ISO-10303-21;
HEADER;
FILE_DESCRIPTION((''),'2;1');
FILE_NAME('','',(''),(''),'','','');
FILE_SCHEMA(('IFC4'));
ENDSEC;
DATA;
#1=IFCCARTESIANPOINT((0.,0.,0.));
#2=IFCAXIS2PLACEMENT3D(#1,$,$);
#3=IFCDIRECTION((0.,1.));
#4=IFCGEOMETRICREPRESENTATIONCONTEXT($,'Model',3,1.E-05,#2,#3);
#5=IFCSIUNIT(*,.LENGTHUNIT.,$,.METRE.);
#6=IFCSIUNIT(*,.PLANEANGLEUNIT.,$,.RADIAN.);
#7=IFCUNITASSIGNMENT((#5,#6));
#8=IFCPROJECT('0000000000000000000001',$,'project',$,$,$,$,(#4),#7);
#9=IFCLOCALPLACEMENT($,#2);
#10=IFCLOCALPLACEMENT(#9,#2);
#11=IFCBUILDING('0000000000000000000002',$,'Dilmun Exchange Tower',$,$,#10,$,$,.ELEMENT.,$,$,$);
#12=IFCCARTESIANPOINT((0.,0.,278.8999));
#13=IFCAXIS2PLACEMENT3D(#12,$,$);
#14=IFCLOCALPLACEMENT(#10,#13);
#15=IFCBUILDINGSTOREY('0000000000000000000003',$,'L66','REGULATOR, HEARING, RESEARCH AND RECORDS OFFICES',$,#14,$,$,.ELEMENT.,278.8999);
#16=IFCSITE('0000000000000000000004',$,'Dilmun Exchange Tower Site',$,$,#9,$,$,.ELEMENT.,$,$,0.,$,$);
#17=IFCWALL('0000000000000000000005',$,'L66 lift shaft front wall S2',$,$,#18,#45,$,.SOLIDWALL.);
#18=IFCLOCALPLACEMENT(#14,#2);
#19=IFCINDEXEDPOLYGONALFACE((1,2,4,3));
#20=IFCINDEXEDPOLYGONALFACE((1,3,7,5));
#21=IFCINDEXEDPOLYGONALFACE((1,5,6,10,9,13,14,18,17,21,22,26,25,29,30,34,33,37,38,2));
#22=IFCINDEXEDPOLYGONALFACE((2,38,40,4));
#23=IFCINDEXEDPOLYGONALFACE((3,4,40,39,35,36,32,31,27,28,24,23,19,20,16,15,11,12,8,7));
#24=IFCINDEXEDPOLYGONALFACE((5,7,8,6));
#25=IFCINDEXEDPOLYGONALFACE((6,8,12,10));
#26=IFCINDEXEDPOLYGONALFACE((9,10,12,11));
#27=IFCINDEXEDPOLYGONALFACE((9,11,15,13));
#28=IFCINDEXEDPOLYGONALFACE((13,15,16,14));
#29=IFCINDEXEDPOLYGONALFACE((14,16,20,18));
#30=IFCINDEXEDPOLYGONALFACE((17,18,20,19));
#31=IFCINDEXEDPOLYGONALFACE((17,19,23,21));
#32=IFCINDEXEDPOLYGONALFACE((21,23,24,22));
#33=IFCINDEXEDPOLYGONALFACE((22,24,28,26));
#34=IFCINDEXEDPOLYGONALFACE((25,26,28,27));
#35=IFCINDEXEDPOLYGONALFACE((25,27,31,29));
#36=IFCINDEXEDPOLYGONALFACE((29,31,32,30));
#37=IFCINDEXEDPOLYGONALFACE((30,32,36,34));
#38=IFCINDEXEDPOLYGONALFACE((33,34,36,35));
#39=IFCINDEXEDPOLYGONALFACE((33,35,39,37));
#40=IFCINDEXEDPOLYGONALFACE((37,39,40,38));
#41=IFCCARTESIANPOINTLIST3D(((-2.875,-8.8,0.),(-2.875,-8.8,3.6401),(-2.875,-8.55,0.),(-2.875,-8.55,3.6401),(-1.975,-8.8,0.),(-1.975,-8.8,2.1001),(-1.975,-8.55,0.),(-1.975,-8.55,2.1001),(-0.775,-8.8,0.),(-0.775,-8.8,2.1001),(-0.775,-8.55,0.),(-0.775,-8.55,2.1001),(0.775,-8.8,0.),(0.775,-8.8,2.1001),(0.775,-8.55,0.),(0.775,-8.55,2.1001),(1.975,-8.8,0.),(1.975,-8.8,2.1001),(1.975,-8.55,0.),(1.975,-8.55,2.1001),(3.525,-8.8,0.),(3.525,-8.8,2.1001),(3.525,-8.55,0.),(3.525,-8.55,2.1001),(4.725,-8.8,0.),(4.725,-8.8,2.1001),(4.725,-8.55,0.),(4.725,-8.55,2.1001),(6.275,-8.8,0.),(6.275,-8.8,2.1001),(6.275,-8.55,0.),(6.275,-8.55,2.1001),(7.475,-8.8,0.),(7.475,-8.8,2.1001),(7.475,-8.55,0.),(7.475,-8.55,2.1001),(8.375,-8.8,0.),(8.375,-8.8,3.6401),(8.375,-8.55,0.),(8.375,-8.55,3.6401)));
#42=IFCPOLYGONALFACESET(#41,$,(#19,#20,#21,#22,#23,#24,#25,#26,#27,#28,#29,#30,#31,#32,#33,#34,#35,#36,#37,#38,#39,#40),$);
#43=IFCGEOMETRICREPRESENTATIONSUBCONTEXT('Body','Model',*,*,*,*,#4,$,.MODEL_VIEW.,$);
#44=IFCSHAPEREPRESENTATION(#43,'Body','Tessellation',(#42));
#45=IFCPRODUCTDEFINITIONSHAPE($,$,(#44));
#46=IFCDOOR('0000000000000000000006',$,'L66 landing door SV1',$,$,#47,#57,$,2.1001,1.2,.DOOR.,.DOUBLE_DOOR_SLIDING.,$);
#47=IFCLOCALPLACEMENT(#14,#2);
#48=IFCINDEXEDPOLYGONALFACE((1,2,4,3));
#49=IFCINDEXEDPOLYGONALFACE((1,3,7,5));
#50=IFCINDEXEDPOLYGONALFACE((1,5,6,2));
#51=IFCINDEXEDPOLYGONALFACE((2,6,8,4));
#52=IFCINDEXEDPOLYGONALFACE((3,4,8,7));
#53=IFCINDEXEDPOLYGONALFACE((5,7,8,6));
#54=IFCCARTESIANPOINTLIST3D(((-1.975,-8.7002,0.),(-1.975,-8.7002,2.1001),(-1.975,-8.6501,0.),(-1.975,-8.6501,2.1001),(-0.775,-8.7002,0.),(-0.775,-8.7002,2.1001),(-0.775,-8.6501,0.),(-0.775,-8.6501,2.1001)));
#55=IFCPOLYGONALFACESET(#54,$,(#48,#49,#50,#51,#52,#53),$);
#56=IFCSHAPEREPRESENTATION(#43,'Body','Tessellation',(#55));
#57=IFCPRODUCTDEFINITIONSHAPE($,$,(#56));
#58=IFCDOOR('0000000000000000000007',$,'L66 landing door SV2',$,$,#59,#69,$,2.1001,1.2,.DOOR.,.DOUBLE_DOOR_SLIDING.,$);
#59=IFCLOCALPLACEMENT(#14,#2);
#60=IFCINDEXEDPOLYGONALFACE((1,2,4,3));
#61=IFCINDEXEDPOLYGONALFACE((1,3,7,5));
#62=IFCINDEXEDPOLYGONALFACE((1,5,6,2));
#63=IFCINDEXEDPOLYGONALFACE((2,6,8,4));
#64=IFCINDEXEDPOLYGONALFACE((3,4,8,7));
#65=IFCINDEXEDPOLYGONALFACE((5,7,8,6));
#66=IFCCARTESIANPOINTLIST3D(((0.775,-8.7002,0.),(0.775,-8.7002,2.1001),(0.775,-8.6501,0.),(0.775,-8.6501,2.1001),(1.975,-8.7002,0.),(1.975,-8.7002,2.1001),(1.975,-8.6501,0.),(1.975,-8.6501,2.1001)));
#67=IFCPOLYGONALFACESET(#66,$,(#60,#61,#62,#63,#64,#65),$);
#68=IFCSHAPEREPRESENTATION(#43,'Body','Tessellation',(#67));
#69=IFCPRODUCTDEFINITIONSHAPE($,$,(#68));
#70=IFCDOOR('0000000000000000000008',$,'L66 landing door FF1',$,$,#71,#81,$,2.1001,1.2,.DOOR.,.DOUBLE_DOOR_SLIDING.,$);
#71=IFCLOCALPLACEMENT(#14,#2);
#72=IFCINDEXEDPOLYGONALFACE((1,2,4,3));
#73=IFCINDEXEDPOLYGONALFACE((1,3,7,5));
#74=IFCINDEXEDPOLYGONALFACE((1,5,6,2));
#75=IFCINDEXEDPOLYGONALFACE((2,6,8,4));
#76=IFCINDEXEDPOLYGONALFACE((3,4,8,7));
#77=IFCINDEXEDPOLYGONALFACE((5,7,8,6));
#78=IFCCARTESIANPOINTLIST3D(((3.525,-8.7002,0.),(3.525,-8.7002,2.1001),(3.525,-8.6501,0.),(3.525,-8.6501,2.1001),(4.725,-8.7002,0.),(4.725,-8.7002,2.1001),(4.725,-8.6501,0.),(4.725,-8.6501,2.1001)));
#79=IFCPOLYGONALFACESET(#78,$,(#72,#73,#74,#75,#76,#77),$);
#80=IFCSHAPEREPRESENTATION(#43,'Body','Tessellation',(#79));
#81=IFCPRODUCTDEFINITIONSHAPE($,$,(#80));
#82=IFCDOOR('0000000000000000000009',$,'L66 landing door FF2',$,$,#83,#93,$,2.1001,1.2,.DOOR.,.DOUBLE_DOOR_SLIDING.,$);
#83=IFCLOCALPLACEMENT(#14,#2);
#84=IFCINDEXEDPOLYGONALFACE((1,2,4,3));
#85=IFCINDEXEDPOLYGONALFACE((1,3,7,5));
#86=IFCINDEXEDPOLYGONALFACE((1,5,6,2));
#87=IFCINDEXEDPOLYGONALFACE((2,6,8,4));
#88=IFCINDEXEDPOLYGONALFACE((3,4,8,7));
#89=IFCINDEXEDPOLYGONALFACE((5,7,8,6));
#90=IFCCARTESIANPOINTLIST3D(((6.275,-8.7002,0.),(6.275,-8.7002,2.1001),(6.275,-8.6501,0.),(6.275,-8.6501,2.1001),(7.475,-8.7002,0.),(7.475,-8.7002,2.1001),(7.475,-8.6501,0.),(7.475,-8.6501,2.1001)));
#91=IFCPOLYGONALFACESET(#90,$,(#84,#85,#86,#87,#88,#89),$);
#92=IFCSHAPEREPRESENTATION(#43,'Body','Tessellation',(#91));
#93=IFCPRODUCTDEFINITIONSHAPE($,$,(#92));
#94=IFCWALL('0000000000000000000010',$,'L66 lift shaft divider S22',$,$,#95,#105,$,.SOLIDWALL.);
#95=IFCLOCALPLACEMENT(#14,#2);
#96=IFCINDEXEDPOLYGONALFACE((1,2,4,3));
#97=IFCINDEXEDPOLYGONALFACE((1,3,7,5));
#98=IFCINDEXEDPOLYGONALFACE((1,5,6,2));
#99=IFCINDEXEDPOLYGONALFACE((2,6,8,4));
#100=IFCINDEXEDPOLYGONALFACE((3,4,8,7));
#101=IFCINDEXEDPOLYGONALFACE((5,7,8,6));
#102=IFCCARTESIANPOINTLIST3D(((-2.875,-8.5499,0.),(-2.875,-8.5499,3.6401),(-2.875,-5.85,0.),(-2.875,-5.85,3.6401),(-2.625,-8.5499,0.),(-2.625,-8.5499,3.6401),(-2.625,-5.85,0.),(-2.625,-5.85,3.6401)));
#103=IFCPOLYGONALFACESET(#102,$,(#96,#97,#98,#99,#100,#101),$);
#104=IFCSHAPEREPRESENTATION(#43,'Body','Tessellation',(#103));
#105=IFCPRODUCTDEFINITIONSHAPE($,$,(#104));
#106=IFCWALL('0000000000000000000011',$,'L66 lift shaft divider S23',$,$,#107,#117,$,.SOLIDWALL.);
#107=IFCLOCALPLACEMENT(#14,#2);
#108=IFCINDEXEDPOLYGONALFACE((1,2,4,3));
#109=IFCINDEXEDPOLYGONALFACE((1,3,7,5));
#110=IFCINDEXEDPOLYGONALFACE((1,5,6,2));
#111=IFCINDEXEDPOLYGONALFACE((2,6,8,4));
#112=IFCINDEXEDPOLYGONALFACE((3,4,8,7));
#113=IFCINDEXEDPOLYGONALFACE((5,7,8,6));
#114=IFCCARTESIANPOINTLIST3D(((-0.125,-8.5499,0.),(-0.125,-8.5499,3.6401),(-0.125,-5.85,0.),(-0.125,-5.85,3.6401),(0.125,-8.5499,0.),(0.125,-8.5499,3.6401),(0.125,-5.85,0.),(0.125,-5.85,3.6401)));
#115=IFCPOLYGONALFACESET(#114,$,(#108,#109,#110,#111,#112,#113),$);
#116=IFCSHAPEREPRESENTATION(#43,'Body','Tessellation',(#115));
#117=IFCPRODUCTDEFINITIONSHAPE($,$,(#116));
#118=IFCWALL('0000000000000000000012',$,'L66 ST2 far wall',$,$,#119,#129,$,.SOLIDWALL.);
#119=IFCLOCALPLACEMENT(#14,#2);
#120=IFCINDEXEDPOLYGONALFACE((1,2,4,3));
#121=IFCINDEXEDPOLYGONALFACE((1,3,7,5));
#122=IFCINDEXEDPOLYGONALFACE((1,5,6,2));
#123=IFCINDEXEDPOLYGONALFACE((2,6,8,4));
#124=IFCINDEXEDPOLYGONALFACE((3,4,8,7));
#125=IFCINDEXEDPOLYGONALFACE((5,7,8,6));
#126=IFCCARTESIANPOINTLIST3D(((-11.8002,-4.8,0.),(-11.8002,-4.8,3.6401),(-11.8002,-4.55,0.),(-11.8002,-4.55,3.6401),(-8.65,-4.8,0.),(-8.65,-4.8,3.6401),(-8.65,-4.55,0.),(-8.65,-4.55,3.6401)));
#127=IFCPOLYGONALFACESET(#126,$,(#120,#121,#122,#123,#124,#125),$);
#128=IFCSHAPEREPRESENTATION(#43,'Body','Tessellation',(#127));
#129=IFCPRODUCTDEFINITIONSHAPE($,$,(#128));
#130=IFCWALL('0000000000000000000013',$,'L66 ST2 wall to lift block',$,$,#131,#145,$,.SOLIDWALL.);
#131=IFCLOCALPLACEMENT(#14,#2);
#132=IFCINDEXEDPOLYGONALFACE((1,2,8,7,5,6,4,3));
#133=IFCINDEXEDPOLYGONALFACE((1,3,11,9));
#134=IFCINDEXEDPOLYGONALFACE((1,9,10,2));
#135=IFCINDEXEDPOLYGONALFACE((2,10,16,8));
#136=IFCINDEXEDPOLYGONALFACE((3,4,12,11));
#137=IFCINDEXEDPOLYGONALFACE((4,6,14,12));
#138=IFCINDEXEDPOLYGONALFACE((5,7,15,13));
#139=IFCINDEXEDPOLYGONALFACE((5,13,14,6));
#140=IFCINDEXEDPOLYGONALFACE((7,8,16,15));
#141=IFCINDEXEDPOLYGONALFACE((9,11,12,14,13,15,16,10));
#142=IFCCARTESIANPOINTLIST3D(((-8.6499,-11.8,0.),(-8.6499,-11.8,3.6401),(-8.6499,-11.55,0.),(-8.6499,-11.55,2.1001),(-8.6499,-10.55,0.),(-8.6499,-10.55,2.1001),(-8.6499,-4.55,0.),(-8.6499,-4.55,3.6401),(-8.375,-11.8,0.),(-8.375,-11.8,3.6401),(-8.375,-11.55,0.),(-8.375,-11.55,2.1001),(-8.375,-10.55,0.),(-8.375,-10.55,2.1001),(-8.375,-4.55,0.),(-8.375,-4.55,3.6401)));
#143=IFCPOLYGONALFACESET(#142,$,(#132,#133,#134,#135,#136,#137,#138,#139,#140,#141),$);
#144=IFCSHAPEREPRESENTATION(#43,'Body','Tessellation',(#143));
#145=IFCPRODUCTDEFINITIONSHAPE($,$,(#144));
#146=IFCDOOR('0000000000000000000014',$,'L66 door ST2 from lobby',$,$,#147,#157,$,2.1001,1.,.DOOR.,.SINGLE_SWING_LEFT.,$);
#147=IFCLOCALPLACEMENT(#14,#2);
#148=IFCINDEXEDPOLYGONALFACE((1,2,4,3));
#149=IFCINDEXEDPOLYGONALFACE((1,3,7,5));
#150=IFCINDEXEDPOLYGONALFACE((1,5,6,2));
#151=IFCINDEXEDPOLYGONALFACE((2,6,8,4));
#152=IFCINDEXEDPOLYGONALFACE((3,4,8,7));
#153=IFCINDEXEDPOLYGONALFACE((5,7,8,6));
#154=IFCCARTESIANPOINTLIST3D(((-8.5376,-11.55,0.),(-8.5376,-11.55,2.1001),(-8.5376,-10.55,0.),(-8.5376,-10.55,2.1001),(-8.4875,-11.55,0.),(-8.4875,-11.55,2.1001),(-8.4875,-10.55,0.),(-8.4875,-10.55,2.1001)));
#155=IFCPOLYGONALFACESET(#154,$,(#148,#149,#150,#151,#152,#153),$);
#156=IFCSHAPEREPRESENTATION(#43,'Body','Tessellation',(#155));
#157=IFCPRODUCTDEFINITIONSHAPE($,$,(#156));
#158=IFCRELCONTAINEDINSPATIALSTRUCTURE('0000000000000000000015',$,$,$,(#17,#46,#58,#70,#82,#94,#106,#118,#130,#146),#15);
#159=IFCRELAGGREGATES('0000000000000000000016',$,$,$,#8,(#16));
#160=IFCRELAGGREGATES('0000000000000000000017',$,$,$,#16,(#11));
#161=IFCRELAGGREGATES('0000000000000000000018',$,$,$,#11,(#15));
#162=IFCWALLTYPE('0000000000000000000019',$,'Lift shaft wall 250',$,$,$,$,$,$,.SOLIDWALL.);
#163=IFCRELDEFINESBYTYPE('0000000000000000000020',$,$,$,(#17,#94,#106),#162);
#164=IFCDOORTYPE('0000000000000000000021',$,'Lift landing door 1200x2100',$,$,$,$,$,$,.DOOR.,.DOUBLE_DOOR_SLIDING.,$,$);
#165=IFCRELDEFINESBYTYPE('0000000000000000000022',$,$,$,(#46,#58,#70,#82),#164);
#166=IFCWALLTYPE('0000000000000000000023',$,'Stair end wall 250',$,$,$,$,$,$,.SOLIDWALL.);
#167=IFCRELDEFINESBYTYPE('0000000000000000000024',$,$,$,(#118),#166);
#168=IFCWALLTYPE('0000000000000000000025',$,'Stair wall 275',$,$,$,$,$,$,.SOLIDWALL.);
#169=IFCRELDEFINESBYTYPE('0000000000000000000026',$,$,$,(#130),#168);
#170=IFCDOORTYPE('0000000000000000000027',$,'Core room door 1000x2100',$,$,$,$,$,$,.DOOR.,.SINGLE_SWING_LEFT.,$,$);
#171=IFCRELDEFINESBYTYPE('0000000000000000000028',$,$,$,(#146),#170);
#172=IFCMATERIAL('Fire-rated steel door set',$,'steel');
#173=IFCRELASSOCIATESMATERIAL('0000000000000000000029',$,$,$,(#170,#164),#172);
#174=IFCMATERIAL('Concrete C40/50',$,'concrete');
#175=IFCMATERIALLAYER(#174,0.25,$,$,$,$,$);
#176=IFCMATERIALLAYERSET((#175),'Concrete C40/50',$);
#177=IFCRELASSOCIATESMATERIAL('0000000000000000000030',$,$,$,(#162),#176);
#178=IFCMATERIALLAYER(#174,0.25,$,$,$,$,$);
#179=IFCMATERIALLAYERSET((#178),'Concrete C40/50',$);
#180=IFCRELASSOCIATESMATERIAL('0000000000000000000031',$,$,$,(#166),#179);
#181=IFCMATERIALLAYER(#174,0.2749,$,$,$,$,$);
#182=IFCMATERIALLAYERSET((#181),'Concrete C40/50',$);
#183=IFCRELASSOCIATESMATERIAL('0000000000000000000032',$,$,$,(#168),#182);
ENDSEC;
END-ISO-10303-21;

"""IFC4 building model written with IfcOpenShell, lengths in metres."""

from ifc_helpers import new_model, si_unit, direction, frame, frame_2d, origin, place, context, subcontext, project, spatial, rectangle, extrude, material, layer, layer_set, type_object, element, fill, save


model = new_model("IFC4")

# Units and contexts
model_context = context("Model", 3, precision=1e-05, world=origin(), true_north=direction((0.0, 1.0)))
body_context = subcontext(model_context, "Body", "Model", "MODEL_VIEW")
ifc_project = project(units=[si_unit("LENGTHUNIT", "METRE"), si_unit("PLANEANGLEUNIT", "RADIAN")], contexts=[model_context])

# Site, building, storey
site_placement = place(None, origin())
site = spatial("IfcSite", under=ifc_project, at=site_placement, Name="Dilmun Exchange Tower Site", CompositionType="ELEMENT", RefElevation=0.0)
building_placement = place(site_placement, origin())
building = spatial("IfcBuilding", under=site, at=building_placement, Name="Dilmun Exchange Tower", CompositionType="ELEMENT")
storey_placement = place(building_placement, frame((0.0, 0.0, 278.8999)))
storey = spatial("IfcBuildingStorey", under=building, at=storey_placement, Name="L66", Description="REGULATOR, HEARING, RESEARCH AND RECORDS OFFICES", CompositionType="ELEMENT", Elevation=278.8999)

# Shared definitions
ifc_material_1 = material(Name="Concrete C40/50", Category="concrete")

# Shared definitions
ifc_material_2 = material(Name="Fire-rated steel door set", Category="steel")
door_type_1 = type_object("IfcDoorType", Name="Core room door 1000x2100", OperationType="SINGLE_SWING_LEFT", PredefinedType="DOOR", material=ifc_material_2)

# Wall, openings, doors
ifc_layer_1 = layer(ifc_material_1, 0.25)
ifc_layer_set_1 = layer_set([ifc_layer_1], Name="Concrete C40/50")
wall_type_1 = type_object("IfcWallType", Name="Lift shaft wall 250", PredefinedType="SOLIDWALL", material=ifc_layer_set_1)
wall_1_placement = place(storey_placement, frame((-2.875, -8.675, 0.0), z_axis=(0.0, 0.0, 1.0), x_axis=(1.0, 0.0, 0.0)))
wall_1 = element("IfcWall", 1, at=wall_1_placement, inside=storey, type_object=wall_type_1, Name="L66 lift shaft front wall S2", PredefinedType="SOLIDWALL", context=body_context, shape_type="SweptSolid", body=[
    extrude(rectangle(XDim=11.25, YDim=0.25, at=frame_2d((5.625, 0.0))), origin(), (0.0, 0.0, 1.0), 3.6401),
])
opening_1_placement = place(wall_1_placement, frame((0.8999, 0.0, 0.0)))
opening_1 = element("IfcOpeningElement", 2, at=opening_1_placement, cuts=wall_1, PredefinedType="OPENING", context=body_context, shape_type="SweptSolid", body=[
    extrude(rectangle(XDim=1.2, YDim=2.1001, at=frame_2d((0.6001, 1.05))), frame((0.0, 0.135, 0.0), z_axis=(0.0, -1.0, 0.0), x_axis=(1.0, 0.0, 0.0)), (0.0, 0.0, 1.0), 0.27),
])
opening_2_placement = place(wall_1_placement, frame((3.6499, 0.0, 0.0)))
opening_2 = element("IfcOpeningElement", 3, at=opening_2_placement, cuts=wall_1, PredefinedType="OPENING", context=body_context, shape_type="SweptSolid", body=[
    extrude(rectangle(XDim=1.2, YDim=2.1001, at=frame_2d((0.6001, 1.05))), frame((0.0, 0.135, 0.0), z_axis=(0.0, -1.0, 0.0), x_axis=(1.0, 0.0, 0.0)), (0.0, 0.0, 1.0), 0.27),
])
opening_3_placement = place(wall_1_placement, frame((6.3999, 0.0, 0.0)))
opening_3 = element("IfcOpeningElement", 4, at=opening_3_placement, cuts=wall_1, PredefinedType="OPENING", context=body_context, shape_type="SweptSolid", body=[
    extrude(rectangle(XDim=1.2, YDim=2.1001, at=frame_2d((0.6001, 1.05))), frame((0.0, 0.135, 0.0), z_axis=(0.0, -1.0, 0.0), x_axis=(1.0, 0.0, 0.0)), (0.0, 0.0, 1.0), 0.27),
])
opening_4_placement = place(wall_1_placement, frame((9.1499, 0.0, 0.0)))
opening_4 = element("IfcOpeningElement", 5, at=opening_4_placement, cuts=wall_1, PredefinedType="OPENING", context=body_context, shape_type="SweptSolid", body=[
    extrude(rectangle(XDim=1.2, YDim=2.1001, at=frame_2d((0.6001, 1.05))), frame((0.0, 0.135, 0.0), z_axis=(0.0, -1.0, 0.0), x_axis=(1.0, 0.0, 0.0)), (0.0, 0.0, 1.0), 0.27),
])
door_type_2 = type_object("IfcDoorType", Name="Lift landing door 1200x2100", OperationType="DOUBLE_DOOR_SLIDING", PredefinedType="DOOR", material=ifc_material_2)
door_1_placement = place(opening_1_placement, origin())
door_1 = element("IfcDoor", 6, at=door_1_placement, inside=storey, type_object=door_type_2, Name="L66 landing door SV1", OperationType="DOUBLE_DOOR_SLIDING", OverallHeight=2.1001, OverallWidth=1.2, PredefinedType="DOOR", context=body_context, shape_type="SweptSolid", body=[
    extrude(rectangle(XDim=1.2, YDim=2.1001, at=frame_2d((0.6001, 1.05))), frame((0.0, 0.0249, 0.0), z_axis=(0.0, -1.0, 0.0), x_axis=(1.0, 0.0, 0.0)), (0.0, 0.0, 1.0), 0.05),
])
fill(opening_1, door_1)
door_2_placement = place(opening_2_placement, origin())
door_2 = element("IfcDoor", 7, at=door_2_placement, inside=storey, type_object=door_type_2, Name="L66 landing door SV2", OperationType="DOUBLE_DOOR_SLIDING", OverallHeight=2.1001, OverallWidth=1.2, PredefinedType="DOOR", context=body_context, shape_type="SweptSolid", body=[
    extrude(rectangle(XDim=1.2, YDim=2.1001, at=frame_2d((0.6001, 1.05))), frame((0.0, 0.0249, 0.0), z_axis=(0.0, -1.0, 0.0), x_axis=(1.0, 0.0, 0.0)), (0.0, 0.0, 1.0), 0.05),
])
fill(opening_2, door_2)
door_3_placement = place(opening_3_placement, origin())
door_3 = element("IfcDoor", 8, at=door_3_placement, inside=storey, type_object=door_type_2, Name="L66 landing door FF1", OperationType="DOUBLE_DOOR_SLIDING", OverallHeight=2.1001, OverallWidth=1.2, PredefinedType="DOOR", context=body_context, shape_type="SweptSolid", body=[
    extrude(rectangle(XDim=1.2, YDim=2.1001, at=frame_2d((0.6001, 1.05))), frame((0.0, 0.0249, 0.0), z_axis=(0.0, -1.0, 0.0), x_axis=(1.0, 0.0, 0.0)), (0.0, 0.0, 1.0), 0.05),
])
fill(opening_3, door_3)
door_4_placement = place(opening_4_placement, origin())
door_4 = element("IfcDoor", 9, at=door_4_placement, inside=storey, type_object=door_type_2, Name="L66 landing door FF2", OperationType="DOUBLE_DOOR_SLIDING", OverallHeight=2.1001, OverallWidth=1.2, PredefinedType="DOOR", context=body_context, shape_type="SweptSolid", body=[
    extrude(rectangle(XDim=1.2, YDim=2.1001, at=frame_2d((0.6001, 1.05))), frame((0.0, 0.0249, 0.0), z_axis=(0.0, -1.0, 0.0), x_axis=(1.0, 0.0, 0.0)), (0.0, 0.0, 1.0), 0.05),
])
fill(opening_4, door_4)

# Walls
for number, where, z_axis, x_axis, name in (
    (10, (-2.75, -8.55, 0.0), (0.0, 0.0, 1.0), (0.0, 1.0, 0.0), "L66 lift shaft divider S22"),
    (11, (0.0, -8.55, 0.0), (0.0, 0.0, 1.0), (0.0, 1.0, 0.0), "L66 lift shaft divider S23"),
):
    element("IfcWall", number, at=place(storey_placement, frame(where, z_axis=z_axis, x_axis=x_axis)), inside=storey, type_object=wall_type_1, Name=name, PredefinedType="SOLIDWALL", context=body_context, shape_type="SweptSolid", body=[
        extrude(rectangle(XDim=2.7, YDim=0.25, at=frame_2d((1.3501, 0.0))), origin(), (0.0, 0.0, 1.0), 3.6401),
    ])
ifc_layer_2 = layer(ifc_material_1, 0.25)
ifc_layer_set_2 = layer_set([ifc_layer_2], Name="Concrete C40/50")
wall_type_2 = type_object("IfcWallType", Name="Stair end wall 250", PredefinedType="SOLIDWALL", material=ifc_layer_set_2)
wall_2_placement = place(storey_placement, frame((-8.6499, -4.675, 0.0), z_axis=(0.0, 0.0, 1.0), x_axis=(-1.0, 0.0, 0.0)))
element("IfcWall", 12, at=wall_2_placement, inside=storey, type_object=wall_type_2, Name="L66 ST2 far wall", PredefinedType="SOLIDWALL", context=body_context, shape_type="SweptSolid", body=[
    extrude(rectangle(XDim=3.1501, YDim=0.25, at=frame_2d((1.5752, 0.0))), origin(), (0.0, 0.0, 1.0), 3.6401),
])

# Wall, opening, door
ifc_layer_3 = layer(ifc_material_1, 0.2749)
ifc_layer_set_3 = layer_set([ifc_layer_3], Name="Concrete C40/50")
wall_type_3 = type_object("IfcWallType", Name="Stair wall 275", PredefinedType="SOLIDWALL", material=ifc_layer_set_3)
wall_3_placement = place(storey_placement, frame((-8.5125, -4.55, 0.0), z_axis=(0.0, 0.0, 1.0), x_axis=(0.0, -1.0, 0.0)))
wall_3 = element("IfcWall", 13, at=wall_3_placement, inside=storey, type_object=wall_type_3, Name="L66 ST2 wall to lift block", PredefinedType="SOLIDWALL", context=body_context, shape_type="SweptSolid", body=[
    extrude(rectangle(XDim=7.25, YDim=0.2749, at=frame_2d((3.625, 0.0))), origin(), (0.0, 0.0, 1.0), 3.6401),
])
opening_5_placement = place(wall_3_placement, frame((6.0, 0.0, 0.0)))
opening_5 = element("IfcOpeningElement", 14, at=opening_5_placement, cuts=wall_3, PredefinedType="OPENING", context=body_context, shape_type="SweptSolid", body=[
    extrude(rectangle(XDim=1.0, YDim=2.1001, at=frame_2d((0.5, 1.05))), frame((0.0, 0.1475, 0.0), z_axis=(0.0, -1.0, 0.0), x_axis=(1.0, 0.0, 0.0)), (0.0, 0.0, 1.0), 0.2949),
])
door_5_placement = place(opening_5_placement, origin())
door_5 = element("IfcDoor", 15, at=door_5_placement, inside=storey, type_object=door_type_1, Name="L66 door ST2 from lobby", OperationType="SINGLE_SWING_LEFT", OverallHeight=2.1001, OverallWidth=1.0, PredefinedType="DOOR", context=body_context, shape_type="SweptSolid", body=[
    extrude(rectangle(XDim=1.0, YDim=2.1001, at=frame_2d((0.5, 1.05))), frame((0.0, 0.0249, 0.0), z_axis=(0.0, -1.0, 0.0), x_axis=(1.0, 0.0, 0.0)), (0.0, 0.0, 1.0), 0.05),
])
fill(opening_5, door_5)

save(model, "model.ifc")
